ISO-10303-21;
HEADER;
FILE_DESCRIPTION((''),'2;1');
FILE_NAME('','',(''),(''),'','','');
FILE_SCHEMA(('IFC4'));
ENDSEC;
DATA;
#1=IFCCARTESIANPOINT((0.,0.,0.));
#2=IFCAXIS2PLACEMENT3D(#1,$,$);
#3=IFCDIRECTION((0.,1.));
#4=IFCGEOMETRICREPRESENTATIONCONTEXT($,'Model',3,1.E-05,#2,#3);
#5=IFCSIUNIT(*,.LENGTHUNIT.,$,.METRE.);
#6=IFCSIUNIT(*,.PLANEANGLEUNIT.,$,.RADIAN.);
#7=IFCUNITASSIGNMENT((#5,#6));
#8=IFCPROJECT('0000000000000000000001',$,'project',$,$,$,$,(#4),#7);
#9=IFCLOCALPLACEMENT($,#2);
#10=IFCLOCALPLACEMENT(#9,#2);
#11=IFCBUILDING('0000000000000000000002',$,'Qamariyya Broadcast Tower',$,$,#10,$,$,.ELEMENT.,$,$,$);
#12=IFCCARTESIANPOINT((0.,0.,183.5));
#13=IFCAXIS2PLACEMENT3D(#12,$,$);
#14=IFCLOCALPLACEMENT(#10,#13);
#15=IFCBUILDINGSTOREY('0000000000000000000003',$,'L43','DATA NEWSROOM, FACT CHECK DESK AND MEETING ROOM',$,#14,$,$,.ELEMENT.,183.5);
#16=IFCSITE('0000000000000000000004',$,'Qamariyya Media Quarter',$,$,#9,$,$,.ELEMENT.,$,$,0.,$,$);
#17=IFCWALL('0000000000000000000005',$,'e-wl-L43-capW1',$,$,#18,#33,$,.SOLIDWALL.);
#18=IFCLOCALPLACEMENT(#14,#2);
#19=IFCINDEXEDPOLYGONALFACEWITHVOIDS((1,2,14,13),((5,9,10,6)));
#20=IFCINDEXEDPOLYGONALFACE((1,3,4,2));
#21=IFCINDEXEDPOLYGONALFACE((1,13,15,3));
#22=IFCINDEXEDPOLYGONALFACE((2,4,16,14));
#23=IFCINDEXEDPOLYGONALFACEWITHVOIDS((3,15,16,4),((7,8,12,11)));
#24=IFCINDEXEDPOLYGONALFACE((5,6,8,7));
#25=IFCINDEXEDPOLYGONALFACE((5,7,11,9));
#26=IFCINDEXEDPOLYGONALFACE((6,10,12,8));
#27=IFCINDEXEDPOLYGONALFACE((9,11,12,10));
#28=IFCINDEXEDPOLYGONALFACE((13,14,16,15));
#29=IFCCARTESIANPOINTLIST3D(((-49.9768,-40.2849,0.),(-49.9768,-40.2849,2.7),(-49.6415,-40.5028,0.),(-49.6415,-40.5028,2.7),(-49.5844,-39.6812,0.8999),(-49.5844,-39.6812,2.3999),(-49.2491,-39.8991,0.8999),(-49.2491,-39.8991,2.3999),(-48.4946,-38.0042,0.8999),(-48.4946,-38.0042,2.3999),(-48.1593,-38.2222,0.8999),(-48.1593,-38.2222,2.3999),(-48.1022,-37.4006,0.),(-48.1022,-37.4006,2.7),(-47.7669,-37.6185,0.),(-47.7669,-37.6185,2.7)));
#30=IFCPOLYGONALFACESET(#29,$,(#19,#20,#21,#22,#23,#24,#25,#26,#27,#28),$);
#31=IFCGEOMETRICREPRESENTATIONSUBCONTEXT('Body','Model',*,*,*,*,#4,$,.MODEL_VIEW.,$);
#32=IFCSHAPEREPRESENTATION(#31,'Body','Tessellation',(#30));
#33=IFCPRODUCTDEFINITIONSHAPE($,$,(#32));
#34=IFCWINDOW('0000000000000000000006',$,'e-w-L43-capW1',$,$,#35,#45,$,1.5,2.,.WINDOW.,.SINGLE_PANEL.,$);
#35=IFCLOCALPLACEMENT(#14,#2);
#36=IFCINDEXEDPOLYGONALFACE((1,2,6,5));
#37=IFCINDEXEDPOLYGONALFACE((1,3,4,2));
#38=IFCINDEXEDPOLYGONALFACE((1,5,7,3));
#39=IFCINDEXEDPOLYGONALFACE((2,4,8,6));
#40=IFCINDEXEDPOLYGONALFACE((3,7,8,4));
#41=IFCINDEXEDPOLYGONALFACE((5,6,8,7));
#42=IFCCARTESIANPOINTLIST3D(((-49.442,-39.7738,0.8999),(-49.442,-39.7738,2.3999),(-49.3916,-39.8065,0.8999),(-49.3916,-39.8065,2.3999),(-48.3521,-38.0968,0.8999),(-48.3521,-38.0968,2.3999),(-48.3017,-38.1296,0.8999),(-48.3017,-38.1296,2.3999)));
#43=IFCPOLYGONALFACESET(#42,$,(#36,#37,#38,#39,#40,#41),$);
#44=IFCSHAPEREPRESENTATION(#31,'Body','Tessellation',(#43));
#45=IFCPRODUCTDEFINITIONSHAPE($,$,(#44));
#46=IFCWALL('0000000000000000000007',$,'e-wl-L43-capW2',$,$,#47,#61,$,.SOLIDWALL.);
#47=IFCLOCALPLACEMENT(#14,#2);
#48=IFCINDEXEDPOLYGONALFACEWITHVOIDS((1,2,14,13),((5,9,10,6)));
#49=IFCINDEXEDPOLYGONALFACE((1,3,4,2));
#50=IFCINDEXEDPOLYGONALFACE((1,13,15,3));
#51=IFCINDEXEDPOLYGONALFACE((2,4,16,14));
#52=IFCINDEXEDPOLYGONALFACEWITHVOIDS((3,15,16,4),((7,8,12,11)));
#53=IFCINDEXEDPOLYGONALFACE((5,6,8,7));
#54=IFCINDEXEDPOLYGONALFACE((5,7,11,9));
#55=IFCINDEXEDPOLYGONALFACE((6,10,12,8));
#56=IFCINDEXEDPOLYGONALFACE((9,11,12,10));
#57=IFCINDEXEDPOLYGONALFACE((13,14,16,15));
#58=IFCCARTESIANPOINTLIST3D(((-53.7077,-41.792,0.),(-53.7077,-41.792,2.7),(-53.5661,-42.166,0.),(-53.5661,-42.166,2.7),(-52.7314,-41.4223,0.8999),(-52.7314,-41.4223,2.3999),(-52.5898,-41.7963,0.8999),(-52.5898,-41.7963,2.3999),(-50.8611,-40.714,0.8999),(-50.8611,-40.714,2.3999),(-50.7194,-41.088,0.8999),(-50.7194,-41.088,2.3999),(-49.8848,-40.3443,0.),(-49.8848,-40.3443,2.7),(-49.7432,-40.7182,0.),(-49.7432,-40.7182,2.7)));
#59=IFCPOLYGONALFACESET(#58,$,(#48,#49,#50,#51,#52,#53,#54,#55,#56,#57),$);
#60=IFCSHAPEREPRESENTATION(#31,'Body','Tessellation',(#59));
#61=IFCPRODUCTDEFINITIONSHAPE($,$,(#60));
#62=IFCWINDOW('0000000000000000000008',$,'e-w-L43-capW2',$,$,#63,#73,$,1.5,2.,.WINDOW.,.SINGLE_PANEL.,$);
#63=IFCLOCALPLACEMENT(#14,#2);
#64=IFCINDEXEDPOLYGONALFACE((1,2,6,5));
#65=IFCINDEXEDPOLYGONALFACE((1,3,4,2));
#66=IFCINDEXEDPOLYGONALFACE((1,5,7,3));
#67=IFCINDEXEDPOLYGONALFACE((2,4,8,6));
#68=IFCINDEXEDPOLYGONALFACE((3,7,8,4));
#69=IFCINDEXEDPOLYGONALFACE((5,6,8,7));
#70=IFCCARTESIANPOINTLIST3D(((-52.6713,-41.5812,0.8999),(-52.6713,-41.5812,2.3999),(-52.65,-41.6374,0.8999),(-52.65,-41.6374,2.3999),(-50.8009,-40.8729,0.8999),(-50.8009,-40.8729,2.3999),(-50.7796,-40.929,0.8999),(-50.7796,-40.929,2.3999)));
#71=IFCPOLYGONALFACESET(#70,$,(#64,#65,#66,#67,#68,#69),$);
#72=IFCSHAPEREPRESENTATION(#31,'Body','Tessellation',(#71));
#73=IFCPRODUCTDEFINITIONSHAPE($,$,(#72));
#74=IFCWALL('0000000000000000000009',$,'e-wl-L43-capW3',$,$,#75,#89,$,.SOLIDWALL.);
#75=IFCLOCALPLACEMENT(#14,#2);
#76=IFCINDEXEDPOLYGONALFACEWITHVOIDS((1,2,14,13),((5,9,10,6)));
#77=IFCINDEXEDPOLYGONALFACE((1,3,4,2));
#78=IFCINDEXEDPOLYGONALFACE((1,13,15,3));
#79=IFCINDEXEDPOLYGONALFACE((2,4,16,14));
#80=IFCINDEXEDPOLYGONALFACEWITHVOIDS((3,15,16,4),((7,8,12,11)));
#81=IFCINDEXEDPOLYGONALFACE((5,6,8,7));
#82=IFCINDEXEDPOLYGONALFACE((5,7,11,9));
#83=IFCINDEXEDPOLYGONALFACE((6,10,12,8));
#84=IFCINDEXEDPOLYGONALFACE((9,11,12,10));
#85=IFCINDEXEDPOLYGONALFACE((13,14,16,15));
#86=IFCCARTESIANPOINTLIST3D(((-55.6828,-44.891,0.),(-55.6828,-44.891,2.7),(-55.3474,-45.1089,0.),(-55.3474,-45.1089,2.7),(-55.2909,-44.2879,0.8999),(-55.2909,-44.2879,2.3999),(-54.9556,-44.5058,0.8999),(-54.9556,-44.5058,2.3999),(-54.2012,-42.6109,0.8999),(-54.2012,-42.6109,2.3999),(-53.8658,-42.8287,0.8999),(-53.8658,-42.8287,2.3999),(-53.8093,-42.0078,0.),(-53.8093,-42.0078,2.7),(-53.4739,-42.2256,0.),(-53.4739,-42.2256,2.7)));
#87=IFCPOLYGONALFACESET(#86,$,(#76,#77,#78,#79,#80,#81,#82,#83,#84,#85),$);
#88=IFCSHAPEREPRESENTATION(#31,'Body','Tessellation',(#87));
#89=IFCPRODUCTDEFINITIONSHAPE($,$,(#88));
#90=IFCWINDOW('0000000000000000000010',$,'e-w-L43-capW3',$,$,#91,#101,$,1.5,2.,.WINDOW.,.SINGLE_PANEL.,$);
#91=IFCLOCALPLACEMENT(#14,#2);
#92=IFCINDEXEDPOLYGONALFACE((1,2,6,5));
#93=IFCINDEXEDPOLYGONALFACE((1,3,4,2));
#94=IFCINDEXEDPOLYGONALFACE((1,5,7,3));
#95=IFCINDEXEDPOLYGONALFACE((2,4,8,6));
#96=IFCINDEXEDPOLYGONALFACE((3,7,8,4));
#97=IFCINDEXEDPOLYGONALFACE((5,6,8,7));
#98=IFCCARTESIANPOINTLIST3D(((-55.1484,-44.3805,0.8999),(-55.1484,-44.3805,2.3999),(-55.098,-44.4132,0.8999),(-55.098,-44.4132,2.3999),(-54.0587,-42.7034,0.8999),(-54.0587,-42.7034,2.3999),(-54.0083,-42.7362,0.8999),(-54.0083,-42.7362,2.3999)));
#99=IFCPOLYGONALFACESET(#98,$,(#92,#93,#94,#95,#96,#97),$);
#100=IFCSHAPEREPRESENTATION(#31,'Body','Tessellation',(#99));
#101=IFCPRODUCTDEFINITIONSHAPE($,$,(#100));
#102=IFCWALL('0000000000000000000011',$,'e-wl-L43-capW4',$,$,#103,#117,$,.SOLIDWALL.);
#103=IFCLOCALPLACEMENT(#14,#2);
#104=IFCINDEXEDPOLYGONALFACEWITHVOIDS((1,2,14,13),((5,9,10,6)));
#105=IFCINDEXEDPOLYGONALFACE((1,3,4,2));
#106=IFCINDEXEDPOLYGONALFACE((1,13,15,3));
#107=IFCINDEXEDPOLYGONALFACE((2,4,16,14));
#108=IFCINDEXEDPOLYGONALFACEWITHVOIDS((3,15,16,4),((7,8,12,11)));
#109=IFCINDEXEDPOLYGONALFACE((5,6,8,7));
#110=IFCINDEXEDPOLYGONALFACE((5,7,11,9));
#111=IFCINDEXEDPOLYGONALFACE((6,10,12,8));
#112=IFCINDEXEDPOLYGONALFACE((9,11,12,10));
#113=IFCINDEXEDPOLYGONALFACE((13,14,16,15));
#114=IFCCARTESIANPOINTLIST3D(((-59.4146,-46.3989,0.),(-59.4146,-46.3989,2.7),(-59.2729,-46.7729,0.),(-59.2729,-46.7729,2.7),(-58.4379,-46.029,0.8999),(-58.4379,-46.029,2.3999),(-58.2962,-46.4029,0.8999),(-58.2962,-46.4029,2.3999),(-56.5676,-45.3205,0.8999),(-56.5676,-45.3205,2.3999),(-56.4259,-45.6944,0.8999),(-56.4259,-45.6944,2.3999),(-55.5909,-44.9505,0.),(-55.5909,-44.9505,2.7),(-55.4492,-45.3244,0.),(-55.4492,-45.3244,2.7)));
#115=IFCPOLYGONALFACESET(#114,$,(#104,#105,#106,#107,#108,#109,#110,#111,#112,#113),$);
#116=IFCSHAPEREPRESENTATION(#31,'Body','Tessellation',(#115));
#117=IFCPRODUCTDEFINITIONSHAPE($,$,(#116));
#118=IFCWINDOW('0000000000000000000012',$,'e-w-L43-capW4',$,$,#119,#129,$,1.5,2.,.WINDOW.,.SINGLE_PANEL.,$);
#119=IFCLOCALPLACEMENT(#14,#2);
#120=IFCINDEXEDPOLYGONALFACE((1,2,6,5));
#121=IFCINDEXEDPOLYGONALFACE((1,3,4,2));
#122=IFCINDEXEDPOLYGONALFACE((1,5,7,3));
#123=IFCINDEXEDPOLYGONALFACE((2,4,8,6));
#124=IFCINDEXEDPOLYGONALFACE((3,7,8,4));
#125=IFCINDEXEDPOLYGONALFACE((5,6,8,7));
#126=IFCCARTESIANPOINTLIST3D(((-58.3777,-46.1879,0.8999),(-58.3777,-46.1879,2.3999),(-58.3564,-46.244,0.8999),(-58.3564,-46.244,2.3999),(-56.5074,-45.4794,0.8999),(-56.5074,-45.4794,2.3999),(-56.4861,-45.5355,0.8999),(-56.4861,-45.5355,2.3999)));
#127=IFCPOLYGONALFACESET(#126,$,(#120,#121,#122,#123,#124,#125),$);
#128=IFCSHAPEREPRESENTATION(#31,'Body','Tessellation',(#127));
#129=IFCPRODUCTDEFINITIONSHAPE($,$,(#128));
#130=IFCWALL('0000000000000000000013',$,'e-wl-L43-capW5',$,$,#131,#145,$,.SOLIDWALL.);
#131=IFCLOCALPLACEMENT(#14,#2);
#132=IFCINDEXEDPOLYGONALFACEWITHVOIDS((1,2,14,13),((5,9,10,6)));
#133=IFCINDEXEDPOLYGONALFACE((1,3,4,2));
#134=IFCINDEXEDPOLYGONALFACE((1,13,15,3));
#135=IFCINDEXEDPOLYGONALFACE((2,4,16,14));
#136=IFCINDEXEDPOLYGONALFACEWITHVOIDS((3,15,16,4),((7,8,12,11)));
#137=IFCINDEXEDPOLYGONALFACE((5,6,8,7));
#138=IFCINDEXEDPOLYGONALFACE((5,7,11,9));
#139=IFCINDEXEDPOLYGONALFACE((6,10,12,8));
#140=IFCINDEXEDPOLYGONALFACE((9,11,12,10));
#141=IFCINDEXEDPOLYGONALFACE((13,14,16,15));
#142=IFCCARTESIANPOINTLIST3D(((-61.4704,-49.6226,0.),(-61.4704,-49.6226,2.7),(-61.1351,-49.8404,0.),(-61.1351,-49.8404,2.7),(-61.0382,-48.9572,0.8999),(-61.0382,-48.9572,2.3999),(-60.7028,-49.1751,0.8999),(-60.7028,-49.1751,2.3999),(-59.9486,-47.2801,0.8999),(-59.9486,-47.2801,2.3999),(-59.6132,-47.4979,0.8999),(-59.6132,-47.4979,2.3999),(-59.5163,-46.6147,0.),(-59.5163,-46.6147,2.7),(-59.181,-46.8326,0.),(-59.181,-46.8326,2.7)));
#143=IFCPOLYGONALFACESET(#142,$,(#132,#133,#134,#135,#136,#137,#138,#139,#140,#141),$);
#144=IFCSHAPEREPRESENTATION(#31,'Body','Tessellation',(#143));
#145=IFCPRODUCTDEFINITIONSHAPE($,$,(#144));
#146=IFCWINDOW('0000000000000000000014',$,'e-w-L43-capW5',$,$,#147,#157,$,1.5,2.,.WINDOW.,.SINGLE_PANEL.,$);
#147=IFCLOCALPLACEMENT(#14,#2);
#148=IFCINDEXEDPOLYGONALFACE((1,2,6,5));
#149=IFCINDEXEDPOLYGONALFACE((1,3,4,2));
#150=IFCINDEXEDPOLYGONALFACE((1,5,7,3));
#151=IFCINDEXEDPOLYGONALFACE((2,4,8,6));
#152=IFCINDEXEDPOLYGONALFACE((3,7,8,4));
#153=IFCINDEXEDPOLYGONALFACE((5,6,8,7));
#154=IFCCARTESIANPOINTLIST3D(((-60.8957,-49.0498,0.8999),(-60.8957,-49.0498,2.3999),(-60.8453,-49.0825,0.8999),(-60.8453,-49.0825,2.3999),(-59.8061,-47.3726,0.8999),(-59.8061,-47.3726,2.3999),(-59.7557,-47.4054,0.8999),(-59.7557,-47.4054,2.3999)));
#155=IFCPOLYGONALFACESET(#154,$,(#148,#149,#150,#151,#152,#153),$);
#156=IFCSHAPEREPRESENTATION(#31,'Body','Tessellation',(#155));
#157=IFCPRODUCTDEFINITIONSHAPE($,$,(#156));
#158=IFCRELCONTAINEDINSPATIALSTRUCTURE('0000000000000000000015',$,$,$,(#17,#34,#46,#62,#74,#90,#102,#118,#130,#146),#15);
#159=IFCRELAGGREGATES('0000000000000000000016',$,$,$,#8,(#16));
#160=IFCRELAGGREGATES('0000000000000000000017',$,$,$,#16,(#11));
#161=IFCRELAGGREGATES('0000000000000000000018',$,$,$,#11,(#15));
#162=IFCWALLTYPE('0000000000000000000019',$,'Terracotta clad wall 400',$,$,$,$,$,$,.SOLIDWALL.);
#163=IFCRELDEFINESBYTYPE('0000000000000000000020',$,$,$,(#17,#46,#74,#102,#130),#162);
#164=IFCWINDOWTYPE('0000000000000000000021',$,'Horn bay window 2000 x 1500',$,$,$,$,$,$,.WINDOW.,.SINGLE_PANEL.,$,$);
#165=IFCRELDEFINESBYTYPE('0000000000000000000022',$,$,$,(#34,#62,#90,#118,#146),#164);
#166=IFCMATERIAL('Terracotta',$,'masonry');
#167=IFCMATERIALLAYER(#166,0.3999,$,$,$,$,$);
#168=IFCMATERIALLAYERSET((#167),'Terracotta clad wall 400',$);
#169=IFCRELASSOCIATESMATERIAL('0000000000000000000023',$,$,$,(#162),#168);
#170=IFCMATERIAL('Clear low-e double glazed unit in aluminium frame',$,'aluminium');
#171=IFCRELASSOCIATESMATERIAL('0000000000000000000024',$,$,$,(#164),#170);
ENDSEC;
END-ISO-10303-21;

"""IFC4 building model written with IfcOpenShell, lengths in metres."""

from ifc_helpers import new_model, si_unit, direction, frame, frame_2d, origin, place, context, subcontext, project, spatial, rectangle, extrude, material, layer, layer_set, type_object, element, fill, save


model = new_model("IFC4")

# Units and contexts
model_context = context("Model", 3, precision=1e-05, world=origin(), true_north=direction((0.0, 1.0)))
body_context = subcontext(model_context, "Body", "Model", "MODEL_VIEW")
ifc_project = project(units=[si_unit("LENGTHUNIT", "METRE"), si_unit("PLANEANGLEUNIT", "RADIAN")], contexts=[model_context])

# Site, building, storey
site_placement = place(None, origin())
site = spatial("IfcSite", under=ifc_project, at=site_placement, Name="Qamariyya Media Quarter", CompositionType="ELEMENT", RefElevation=0.0)
building_placement = place(site_placement, origin())
building = spatial("IfcBuilding", under=site, at=building_placement, Name="Qamariyya Broadcast Tower", CompositionType="ELEMENT")
storey_placement = place(building_placement, frame((0.0, 0.0, 183.5)))
storey = spatial("IfcBuildingStorey", under=building, at=storey_placement, Name="L43", Description="DATA NEWSROOM, FACT CHECK DESK AND MEETING ROOM", CompositionType="ELEMENT", Elevation=183.5)

# Walls, openings, windows
ifc_material_1 = material(Name="Terracotta", Category="masonry")
ifc_layer = layer(ifc_material_1, 0.3999)
ifc_layer_set = layer_set([ifc_layer], Name="Terracotta clad wall 400")
wall_type = type_object("IfcWallType", Name="Terracotta clad wall 400", PredefinedType="SOLIDWALL", material=ifc_layer_set)
ifc_material_2 = material(Name="Clear low-e double glazed unit in aluminium frame", Category="aluminium")
window_type = type_object("IfcWindowType", Name="Horn bay window 2000 x 1500", PartitioningType="SINGLE_PANEL", PredefinedType="WINDOW", material=ifc_material_2)
wall_1_placement = place(storey_placement, frame((-47.9346, -37.5095, 0.0), z_axis=(0.0, 0.0, 1.0), x_axis=(-0.544933, -0.838479, 0.0)))
wall_1 = element("IfcWall", 1, at=wall_1_placement, inside=storey, type_object=wall_type, Name="e-wl-L43-capW1", PredefinedType="SOLIDWALL", context=body_context, shape_type="SweptSolid", body=[
    extrude(rectangle(XDim=3.4399, YDim=0.3999, at=frame_2d((1.72, 0.0))), origin(), (0.0, 0.0, 1.0), 2.7),
])
opening_1_placement = place(wall_1_placement, frame((0.72, 0.0, 0.8999)))
opening_1 = element("IfcOpeningElement", 2, at=opening_1_placement, cuts=wall_1, PredefinedType="OPENING", context=body_context, shape_type="SweptSolid", body=[
    extrude(rectangle(XDim=2.0, YDim=1.5, at=frame_2d((1.0, 0.75))), frame((0.0, 0.21, 0.0), z_axis=(0.0, -1.0, 0.0), x_axis=(1.0, 0.0, 0.0)), (0.0, 0.0, 1.0), 0.4199),
])
window_1_placement = place(opening_1_placement, origin())
window_1 = element("IfcWindow", 3, at=window_1_placement, inside=storey, type_object=window_type, Name="e-w-L43-capW1", OverallHeight=1.5, OverallWidth=2.0, PartitioningType="SINGLE_PANEL", PredefinedType="WINDOW", context=body_context, shape_type="SweptSolid", body=[
    extrude(rectangle(XDim=2.0, YDim=1.5, at=frame_2d((1.0, 0.75))), frame((0.0, 0.03, 0.0), z_axis=(0.0, -1.0, 0.0), x_axis=(1.0, 0.0, 0.0)), (0.0, 0.0, 1.0), 0.0601),
])
fill(opening_1, window_1)
wall_2_placement = place(storey_placement, frame((-49.814, -40.5312, 0.0), z_axis=(0.0, 0.0, 1.0), x_axis=(-0.935188, -0.354152, 0.0)))
wall_2 = element("IfcWall", 4, at=wall_2_placement, inside=storey, type_object=wall_type, Name="e-wl-L43-capW2", PredefinedType="SOLIDWALL", context=body_context, shape_type="SweptSolid", body=[
    extrude(rectangle(XDim=4.0879, YDim=0.3999, at=frame_2d((2.0439, 0.0))), origin(), (0.0, 0.0, 1.0), 2.7),
])
opening_2_placement = place(wall_2_placement, frame((1.0439, 0.0, 0.8999)))
opening_2 = element("IfcOpeningElement", 5, at=opening_2_placement, cuts=wall_2, PredefinedType="OPENING", context=body_context, shape_type="SweptSolid", body=[
    extrude(rectangle(XDim=2.0, YDim=1.5, at=frame_2d((1.0, 0.75))), frame((0.0, 0.21, 0.0), z_axis=(0.0, -1.0, 0.0), x_axis=(1.0, 0.0, 0.0)), (0.0, 0.0, 1.0), 0.4199),
])
window_2_placement = place(opening_2_placement, origin())
window_2 = element("IfcWindow", 6, at=window_2_placement, inside=storey, type_object=window_type, Name="e-w-L43-capW2", OverallHeight=1.5, OverallWidth=2.0, PartitioningType="SINGLE_PANEL", PredefinedType="WINDOW", context=body_context, shape_type="SweptSolid", body=[
    extrude(rectangle(XDim=2.0, YDim=1.5, at=frame_2d((1.0, 0.75))), frame((0.0, 0.03, 0.0), z_axis=(0.0, -1.0, 0.0), x_axis=(1.0, 0.0, 0.0)), (0.0, 0.0, 1.0), 0.0601),
])
fill(opening_2, window_2)
wall_3_placement = place(storey_placement, frame((-53.6416, -42.1167, 0.0), z_axis=(0.0, 0.0, 1.0), x_axis=(-0.544864, -0.838525, 0.0)))
wall_3 = element("IfcWall", 7, at=wall_3_placement, inside=storey, type_object=wall_type, Name="e-wl-L43-capW3", PredefinedType="SOLIDWALL", context=body_context, shape_type="SweptSolid", body=[
    extrude(rectangle(XDim=3.4385, YDim=0.3999, at=frame_2d((1.7192, 0.0))), origin(), (0.0, 0.0, 1.0), 2.7),
])
opening_3_placement = place(wall_3_placement, frame((0.7192, 0.0, 0.8999)))
opening_3 = element("IfcOpeningElement", 8, at=opening_3_placement, cuts=wall_3, PredefinedType="OPENING", context=body_context, shape_type="SweptSolid", body=[
    extrude(rectangle(XDim=2.0, YDim=1.5, at=frame_2d((1.0, 0.75))), frame((0.0, 0.21, 0.0), z_axis=(0.0, -1.0, 0.0), x_axis=(1.0, 0.0, 0.0)), (0.0, 0.0, 1.0), 0.4199),
])
window_3_placement = place(opening_3_placement, origin())
window_3 = element("IfcWindow", 9, at=window_3_placement, inside=storey, type_object=window_type, Name="e-w-L43-capW3", OverallHeight=1.5, OverallWidth=2.0, PartitioningType="SINGLE_PANEL", PredefinedType="WINDOW", context=body_context, shape_type="SweptSolid", body=[
    extrude(rectangle(XDim=2.0, YDim=1.5, at=frame_2d((1.0, 0.75))), frame((0.0, 0.03, 0.0), z_axis=(0.0, -1.0, 0.0), x_axis=(1.0, 0.0, 0.0)), (0.0, 0.0, 1.0), 0.0601),
])
fill(opening_3, window_3)
wall_4_placement = place(storey_placement, frame((-55.52, -45.1375, 0.0), z_axis=(0.0, 0.0, 1.0), x_axis=(-0.935151, -0.354249, 0.0)))
wall_4 = element("IfcWall", 10, at=wall_4_placement, inside=storey, type_object=wall_type, Name="e-wl-L43-capW4", PredefinedType="SOLIDWALL", context=body_context, shape_type="SweptSolid", body=[
    extrude(rectangle(XDim=4.0889, YDim=0.3999, at=frame_2d((2.0444, 0.0))), origin(), (0.0, 0.0, 1.0), 2.7),
])
opening_4_placement = place(wall_4_placement, frame((1.0444, 0.0, 0.8999)))
opening_4 = element("IfcOpeningElement", 11, at=opening_4_placement, cuts=wall_4, PredefinedType="OPENING", context=body_context, shape_type="SweptSolid", body=[
    extrude(rectangle(XDim=2.0, YDim=1.5, at=frame_2d((1.0, 0.75))), frame((0.0, 0.21, 0.0), z_axis=(0.0, -1.0, 0.0), x_axis=(1.0, 0.0, 0.0)), (0.0, 0.0, 1.0), 0.4199),
])
window_4_placement = place(opening_4_placement, origin())
window_4 = element("IfcWindow", 12, at=window_4_placement, inside=storey, type_object=window_type, Name="e-w-L43-capW4", OverallHeight=1.5, OverallWidth=2.0, PartitioningType="SINGLE_PANEL", PredefinedType="WINDOW", context=body_context, shape_type="SweptSolid", body=[
    extrude(rectangle(XDim=2.0, YDim=1.5, at=frame_2d((1.0, 0.75))), frame((0.0, 0.03, 0.0), z_axis=(0.0, -1.0, 0.0), x_axis=(1.0, 0.0, 0.0)), (0.0, 0.0, 1.0), 0.0601),
])
fill(opening_4, window_4)
wall_5_placement = place(storey_placement, frame((-59.3486, -46.7236, 0.0), z_axis=(0.0, 0.0, 1.0), x_axis=(-0.544797, -0.838568, 0.0)))
wall_5 = element("IfcWall", 13, at=wall_5_placement, inside=storey, type_object=wall_type, Name="e-wl-L43-capW5", PredefinedType="SOLIDWALL", context=body_context, shape_type="SweptSolid", body=[
    extrude(rectangle(XDim=3.5869, YDim=0.3999, at=frame_2d((1.7935, 0.0))), origin(), (0.0, 0.0, 1.0), 2.7),
])
opening_5_placement = place(wall_5_placement, frame((0.7935, 0.0, 0.8999)))
opening_5 = element("IfcOpeningElement", 14, at=opening_5_placement, cuts=wall_5, PredefinedType="OPENING", context=body_context, shape_type="SweptSolid", body=[
    extrude(rectangle(XDim=2.0, YDim=1.5, at=frame_2d((1.0, 0.75))), frame((0.0, 0.21, 0.0), z_axis=(0.0, -1.0, 0.0), x_axis=(1.0, 0.0, 0.0)), (0.0, 0.0, 1.0), 0.4199),
])
window_5_placement = place(opening_5_placement, origin())
window_5 = element("IfcWindow", 15, at=window_5_placement, inside=storey, type_object=window_type, Name="e-w-L43-capW5", OverallHeight=1.5, OverallWidth=2.0, PartitioningType="SINGLE_PANEL", PredefinedType="WINDOW", context=body_context, shape_type="SweptSolid", body=[
    extrude(rectangle(XDim=2.0, YDim=1.5, at=frame_2d((1.0, 0.75))), frame((0.0, 0.03, 0.0), z_axis=(0.0, -1.0, 0.0), x_axis=(1.0, 0.0, 0.0)), (0.0, 0.0, 1.0), 0.0601),
])
fill(opening_5, window_5)

save(model, "model.ifc")
